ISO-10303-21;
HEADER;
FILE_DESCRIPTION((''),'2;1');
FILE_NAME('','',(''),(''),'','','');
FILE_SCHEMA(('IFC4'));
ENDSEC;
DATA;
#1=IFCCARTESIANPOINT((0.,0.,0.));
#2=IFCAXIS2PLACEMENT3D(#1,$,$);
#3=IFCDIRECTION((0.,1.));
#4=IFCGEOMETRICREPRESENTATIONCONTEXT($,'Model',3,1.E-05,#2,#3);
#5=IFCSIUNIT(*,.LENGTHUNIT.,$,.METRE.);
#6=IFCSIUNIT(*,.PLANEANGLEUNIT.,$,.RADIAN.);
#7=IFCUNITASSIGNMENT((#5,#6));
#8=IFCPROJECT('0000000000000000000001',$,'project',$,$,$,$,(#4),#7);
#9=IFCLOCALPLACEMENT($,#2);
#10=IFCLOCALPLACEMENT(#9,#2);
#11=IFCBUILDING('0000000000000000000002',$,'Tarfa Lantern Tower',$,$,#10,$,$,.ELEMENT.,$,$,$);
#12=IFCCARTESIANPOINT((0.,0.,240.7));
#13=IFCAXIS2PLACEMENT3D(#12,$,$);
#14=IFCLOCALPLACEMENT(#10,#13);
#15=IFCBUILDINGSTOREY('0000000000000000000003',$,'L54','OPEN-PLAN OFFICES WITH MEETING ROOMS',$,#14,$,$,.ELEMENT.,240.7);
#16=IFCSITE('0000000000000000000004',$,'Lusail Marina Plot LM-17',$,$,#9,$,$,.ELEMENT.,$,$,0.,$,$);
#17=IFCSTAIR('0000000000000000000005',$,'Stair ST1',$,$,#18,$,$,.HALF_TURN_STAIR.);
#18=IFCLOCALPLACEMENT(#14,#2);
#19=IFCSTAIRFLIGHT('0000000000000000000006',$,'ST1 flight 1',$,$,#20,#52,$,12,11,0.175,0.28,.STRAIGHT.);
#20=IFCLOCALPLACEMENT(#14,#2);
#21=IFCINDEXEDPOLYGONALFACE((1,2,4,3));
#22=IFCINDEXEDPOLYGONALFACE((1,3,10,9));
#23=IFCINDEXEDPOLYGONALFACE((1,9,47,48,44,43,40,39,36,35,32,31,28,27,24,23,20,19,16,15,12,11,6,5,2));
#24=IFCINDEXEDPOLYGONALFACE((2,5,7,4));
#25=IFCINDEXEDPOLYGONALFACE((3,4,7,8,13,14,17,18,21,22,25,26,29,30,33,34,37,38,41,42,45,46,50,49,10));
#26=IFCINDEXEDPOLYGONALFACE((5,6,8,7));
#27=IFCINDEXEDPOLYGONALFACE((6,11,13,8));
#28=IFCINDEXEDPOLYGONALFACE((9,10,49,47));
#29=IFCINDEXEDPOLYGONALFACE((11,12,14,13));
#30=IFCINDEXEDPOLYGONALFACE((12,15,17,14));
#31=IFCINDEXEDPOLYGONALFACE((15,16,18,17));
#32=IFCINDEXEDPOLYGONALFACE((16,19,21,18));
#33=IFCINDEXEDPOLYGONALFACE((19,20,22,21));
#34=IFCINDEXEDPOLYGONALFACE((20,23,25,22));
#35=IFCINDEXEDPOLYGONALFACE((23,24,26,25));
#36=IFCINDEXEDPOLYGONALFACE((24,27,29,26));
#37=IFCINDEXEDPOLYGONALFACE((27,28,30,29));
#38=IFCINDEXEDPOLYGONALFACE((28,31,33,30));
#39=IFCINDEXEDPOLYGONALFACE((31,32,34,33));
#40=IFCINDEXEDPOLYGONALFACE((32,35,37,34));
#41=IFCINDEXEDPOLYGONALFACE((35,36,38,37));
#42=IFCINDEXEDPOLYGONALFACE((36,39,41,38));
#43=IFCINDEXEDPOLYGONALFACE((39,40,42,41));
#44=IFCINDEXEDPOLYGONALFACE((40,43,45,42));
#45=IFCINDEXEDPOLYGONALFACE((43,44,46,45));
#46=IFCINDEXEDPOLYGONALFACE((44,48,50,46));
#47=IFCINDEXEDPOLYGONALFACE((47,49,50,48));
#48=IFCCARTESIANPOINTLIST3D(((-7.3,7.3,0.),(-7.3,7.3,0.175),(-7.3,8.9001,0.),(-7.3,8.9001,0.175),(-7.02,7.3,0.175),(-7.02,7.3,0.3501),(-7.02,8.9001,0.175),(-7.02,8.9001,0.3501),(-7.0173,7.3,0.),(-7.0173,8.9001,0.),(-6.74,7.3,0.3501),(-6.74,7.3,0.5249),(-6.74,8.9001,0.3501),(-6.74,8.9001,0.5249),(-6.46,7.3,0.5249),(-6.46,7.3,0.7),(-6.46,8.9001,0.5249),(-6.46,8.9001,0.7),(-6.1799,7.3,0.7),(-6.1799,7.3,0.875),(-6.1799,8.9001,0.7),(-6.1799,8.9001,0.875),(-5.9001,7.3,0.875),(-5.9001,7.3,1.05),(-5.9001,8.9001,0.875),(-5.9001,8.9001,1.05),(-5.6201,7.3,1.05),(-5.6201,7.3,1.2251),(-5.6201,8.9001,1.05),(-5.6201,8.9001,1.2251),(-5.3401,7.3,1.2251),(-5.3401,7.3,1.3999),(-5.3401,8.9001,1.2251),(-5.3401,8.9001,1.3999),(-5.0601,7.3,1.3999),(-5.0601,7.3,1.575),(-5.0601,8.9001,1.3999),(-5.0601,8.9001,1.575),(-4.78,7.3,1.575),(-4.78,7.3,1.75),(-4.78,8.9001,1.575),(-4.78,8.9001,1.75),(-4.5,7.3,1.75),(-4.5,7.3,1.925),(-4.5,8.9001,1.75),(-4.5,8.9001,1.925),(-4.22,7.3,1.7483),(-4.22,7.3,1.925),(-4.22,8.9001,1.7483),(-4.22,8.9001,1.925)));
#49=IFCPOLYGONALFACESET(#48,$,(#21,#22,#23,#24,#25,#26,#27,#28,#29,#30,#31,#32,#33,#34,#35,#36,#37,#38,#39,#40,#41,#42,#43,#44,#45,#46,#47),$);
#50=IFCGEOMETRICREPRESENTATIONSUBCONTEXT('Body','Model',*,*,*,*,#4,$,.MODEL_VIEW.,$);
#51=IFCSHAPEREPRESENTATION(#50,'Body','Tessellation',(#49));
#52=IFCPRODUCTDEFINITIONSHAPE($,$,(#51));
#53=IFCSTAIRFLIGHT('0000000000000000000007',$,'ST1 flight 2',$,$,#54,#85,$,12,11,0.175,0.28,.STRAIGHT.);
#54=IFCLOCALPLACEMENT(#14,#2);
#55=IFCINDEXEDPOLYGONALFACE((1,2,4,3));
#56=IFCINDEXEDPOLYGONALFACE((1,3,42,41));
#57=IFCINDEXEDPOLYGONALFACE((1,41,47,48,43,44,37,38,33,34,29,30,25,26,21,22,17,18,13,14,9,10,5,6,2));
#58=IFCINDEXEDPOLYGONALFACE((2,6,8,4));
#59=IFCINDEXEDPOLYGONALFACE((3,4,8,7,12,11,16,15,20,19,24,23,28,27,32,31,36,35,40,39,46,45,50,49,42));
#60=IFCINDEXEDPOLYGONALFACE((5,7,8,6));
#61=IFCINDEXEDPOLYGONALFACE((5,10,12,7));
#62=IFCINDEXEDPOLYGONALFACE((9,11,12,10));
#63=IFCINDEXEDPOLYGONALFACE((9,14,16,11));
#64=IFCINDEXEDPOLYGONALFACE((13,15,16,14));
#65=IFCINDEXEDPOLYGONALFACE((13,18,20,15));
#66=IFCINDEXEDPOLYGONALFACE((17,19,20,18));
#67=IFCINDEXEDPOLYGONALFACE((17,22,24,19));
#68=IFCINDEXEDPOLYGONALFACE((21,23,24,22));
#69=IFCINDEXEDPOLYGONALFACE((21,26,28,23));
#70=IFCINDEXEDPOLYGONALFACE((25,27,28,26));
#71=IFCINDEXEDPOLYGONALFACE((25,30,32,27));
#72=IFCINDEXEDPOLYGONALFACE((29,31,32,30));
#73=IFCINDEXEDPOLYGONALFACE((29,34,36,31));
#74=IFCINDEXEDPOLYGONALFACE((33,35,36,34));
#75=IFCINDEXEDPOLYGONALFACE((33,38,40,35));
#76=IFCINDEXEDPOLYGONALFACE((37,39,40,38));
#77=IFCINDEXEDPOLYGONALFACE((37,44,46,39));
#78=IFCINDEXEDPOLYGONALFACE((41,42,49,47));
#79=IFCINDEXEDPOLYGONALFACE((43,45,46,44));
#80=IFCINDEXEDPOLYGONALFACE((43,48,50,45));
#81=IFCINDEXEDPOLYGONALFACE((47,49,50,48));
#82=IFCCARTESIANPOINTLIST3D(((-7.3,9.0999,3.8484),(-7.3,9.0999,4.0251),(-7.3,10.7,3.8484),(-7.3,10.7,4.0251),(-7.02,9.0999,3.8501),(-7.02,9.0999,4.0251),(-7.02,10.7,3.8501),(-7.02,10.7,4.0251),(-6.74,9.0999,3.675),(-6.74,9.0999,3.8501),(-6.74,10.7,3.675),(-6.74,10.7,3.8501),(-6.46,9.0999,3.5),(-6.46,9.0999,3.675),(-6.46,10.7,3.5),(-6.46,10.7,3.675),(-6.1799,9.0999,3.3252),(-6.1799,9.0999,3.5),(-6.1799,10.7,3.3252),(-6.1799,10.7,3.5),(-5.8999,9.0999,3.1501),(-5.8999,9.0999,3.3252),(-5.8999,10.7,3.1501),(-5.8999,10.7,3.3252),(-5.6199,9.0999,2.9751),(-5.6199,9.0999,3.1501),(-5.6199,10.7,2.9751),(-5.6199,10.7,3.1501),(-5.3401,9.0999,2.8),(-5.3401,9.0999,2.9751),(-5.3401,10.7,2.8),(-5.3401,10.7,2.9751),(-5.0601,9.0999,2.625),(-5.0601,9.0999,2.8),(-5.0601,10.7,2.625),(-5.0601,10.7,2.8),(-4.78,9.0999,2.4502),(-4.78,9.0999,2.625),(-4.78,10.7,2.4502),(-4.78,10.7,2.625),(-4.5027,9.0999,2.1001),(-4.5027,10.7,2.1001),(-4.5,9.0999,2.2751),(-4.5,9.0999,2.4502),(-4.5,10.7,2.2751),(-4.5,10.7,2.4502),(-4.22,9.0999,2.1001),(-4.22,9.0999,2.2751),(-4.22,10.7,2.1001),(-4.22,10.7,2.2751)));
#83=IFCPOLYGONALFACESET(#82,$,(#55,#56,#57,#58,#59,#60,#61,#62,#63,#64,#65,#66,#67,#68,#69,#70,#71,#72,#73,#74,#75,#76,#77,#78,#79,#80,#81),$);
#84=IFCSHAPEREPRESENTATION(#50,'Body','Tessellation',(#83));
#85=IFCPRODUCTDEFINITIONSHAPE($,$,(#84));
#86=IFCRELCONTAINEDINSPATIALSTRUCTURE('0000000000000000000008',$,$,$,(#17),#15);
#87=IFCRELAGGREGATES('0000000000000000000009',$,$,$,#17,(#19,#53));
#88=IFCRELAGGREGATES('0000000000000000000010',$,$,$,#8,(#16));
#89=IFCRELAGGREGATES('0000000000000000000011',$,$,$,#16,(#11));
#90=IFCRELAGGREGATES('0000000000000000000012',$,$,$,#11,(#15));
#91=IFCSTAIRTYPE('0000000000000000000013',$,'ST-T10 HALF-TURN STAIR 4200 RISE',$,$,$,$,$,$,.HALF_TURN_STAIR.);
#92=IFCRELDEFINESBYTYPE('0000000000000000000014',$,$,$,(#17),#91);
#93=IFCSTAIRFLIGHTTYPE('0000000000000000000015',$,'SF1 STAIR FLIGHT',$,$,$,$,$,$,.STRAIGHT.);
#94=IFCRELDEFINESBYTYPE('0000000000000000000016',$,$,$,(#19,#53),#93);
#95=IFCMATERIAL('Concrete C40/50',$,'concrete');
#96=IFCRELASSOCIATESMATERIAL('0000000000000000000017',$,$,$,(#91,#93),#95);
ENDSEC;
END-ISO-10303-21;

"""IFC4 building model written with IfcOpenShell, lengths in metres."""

from ifc_helpers import new_model, si_unit, direction, frame, origin, place, context, subcontext, project, spatial, polyline, outline, extrude, material, type_object, element, aggregate, save


model = new_model("IFC4")

# Units and contexts
model_context = context("Model", 3, precision=1e-05, world=origin(), true_north=direction((0.0, 1.0)))
body_context = subcontext(model_context, "Body", "Model", "MODEL_VIEW")
ifc_project = project(units=[si_unit("LENGTHUNIT", "METRE"), si_unit("PLANEANGLEUNIT", "RADIAN")], contexts=[model_context])

# Site, building, storey
site_placement = place(None, origin())
site = spatial("IfcSite", under=ifc_project, at=site_placement, Name="Lusail Marina Plot LM-17", CompositionType="ELEMENT", RefElevation=0.0)
building_placement = place(site_placement, origin())
building = spatial("IfcBuilding", under=site, at=building_placement, Name="Tarfa Lantern Tower", CompositionType="ELEMENT")
storey_placement = place(building_placement, frame((0.0, 0.0, 240.7)))
storey = spatial("IfcBuildingStorey", under=building, at=storey_placement, Name="L54", Description="OPEN-PLAN OFFICES WITH MEETING ROOMS", CompositionType="ELEMENT", Elevation=240.7)

# Stair, stair flights
ifc_material_1 = material(Name="Concrete C40/50", Category="concrete")
stair_type = type_object("IfcStairType", Name="ST-T10 HALF-TURN STAIR 4200 RISE", PredefinedType="HALF_TURN_STAIR", material=ifc_material_1)
stair_placement = place(storey_placement, origin())
stair = element("IfcStair", 1, at=stair_placement, inside=storey, type_object=stair_type, Name="Stair ST1", PredefinedType="HALF_TURN_STAIR")
stair_flight_type = type_object("IfcStairFlightType", Name="SF1 STAIR FLIGHT", PredefinedType="STRAIGHT", material=ifc_material_1)
stair_flight_1_placement = place(storey_placement, frame((-7.3, 8.1001, 0.0), z_axis=(0.0, 0.0, 1.0), x_axis=(1.0, 0.0, 0.0)))
stair_flight_1 = element("IfcStairFlight", 2, at=stair_flight_1_placement, type_object=stair_flight_type, Name="ST1 flight 1", NumberOfRisers=12, NumberOfTreads=11, PredefinedType="STRAIGHT", RiserHeight=0.175, TreadLength=0.28, context=body_context, shape_type="SweptSolid", body=[
    extrude(outline(polyline([(0.0, 0.0), (0.0, 0.175), (0.28, 0.175), (0.28, 0.3501), (0.5601, 0.3501), (0.5601, 0.5249), (0.8401, 0.5249), (0.8401, 0.7), (1.1201, 0.7), (1.1201, 0.875), (1.3999, 0.875), (1.3999, 1.05), (1.6799, 1.05), (1.6799, 1.2251), (1.96, 1.2251), (1.96, 1.3999), (2.24, 1.3999), (2.24, 1.575), (2.52, 1.575), (2.52, 1.75), (2.8, 1.75), (2.8, 1.925), (3.0801, 1.925), (3.0801, 2.1001), (3.0801, 1.7483), (0.2827, 0.0), (0.0, 0.0)])), frame((0.0, 0.8, 0.0), z_axis=(0.0, -1.0, 0.0), x_axis=(1.0, 0.0, 0.0)), (0.0, 0.0, 1.0), 1.6001),
])
stair_flight_2_placement = place(storey_placement, frame((-4.22, 9.8999, 2.1001), z_axis=(0.0, 0.0, 1.0), x_axis=(-1.0, 0.0, 0.0)))
stair_flight_2 = element("IfcStairFlight", 3, at=stair_flight_2_placement, type_object=stair_flight_type, Name="ST1 flight 2", NumberOfRisers=12, NumberOfTreads=11, PredefinedType="STRAIGHT", RiserHeight=0.175, TreadLength=0.28, context=body_context, shape_type="SweptSolid", body=[
    extrude(outline(polyline([(0.0, 0.0), (0.0, 0.175), (0.28, 0.175), (0.28, 0.3501), (0.5601, 0.3501), (0.5601, 0.5249), (0.8401, 0.5249), (0.8401, 0.7), (1.1201, 0.7), (1.1201, 0.875), (1.3999, 0.875), (1.3999, 1.05), (1.6799, 1.05), (1.6799, 1.2251), (1.96, 1.2251), (1.96, 1.3999), (2.24, 1.3999), (2.24, 1.575), (2.52, 1.575), (2.52, 1.75), (2.8, 1.75), (2.8, 1.925), (3.0801, 1.925), (3.0801, 2.1001), (3.0801, 1.7483), (0.2827, 0.0), (0.0, 0.0)])), frame((0.0, 0.8, 0.0), z_axis=(0.0, -1.0, 0.0), x_axis=(1.0, 0.0, 0.0)), (0.0, 0.0, 1.0), 1.6001),
])
aggregate(stair, [stair_flight_1, stair_flight_2])

save(model, "model.ifc")
